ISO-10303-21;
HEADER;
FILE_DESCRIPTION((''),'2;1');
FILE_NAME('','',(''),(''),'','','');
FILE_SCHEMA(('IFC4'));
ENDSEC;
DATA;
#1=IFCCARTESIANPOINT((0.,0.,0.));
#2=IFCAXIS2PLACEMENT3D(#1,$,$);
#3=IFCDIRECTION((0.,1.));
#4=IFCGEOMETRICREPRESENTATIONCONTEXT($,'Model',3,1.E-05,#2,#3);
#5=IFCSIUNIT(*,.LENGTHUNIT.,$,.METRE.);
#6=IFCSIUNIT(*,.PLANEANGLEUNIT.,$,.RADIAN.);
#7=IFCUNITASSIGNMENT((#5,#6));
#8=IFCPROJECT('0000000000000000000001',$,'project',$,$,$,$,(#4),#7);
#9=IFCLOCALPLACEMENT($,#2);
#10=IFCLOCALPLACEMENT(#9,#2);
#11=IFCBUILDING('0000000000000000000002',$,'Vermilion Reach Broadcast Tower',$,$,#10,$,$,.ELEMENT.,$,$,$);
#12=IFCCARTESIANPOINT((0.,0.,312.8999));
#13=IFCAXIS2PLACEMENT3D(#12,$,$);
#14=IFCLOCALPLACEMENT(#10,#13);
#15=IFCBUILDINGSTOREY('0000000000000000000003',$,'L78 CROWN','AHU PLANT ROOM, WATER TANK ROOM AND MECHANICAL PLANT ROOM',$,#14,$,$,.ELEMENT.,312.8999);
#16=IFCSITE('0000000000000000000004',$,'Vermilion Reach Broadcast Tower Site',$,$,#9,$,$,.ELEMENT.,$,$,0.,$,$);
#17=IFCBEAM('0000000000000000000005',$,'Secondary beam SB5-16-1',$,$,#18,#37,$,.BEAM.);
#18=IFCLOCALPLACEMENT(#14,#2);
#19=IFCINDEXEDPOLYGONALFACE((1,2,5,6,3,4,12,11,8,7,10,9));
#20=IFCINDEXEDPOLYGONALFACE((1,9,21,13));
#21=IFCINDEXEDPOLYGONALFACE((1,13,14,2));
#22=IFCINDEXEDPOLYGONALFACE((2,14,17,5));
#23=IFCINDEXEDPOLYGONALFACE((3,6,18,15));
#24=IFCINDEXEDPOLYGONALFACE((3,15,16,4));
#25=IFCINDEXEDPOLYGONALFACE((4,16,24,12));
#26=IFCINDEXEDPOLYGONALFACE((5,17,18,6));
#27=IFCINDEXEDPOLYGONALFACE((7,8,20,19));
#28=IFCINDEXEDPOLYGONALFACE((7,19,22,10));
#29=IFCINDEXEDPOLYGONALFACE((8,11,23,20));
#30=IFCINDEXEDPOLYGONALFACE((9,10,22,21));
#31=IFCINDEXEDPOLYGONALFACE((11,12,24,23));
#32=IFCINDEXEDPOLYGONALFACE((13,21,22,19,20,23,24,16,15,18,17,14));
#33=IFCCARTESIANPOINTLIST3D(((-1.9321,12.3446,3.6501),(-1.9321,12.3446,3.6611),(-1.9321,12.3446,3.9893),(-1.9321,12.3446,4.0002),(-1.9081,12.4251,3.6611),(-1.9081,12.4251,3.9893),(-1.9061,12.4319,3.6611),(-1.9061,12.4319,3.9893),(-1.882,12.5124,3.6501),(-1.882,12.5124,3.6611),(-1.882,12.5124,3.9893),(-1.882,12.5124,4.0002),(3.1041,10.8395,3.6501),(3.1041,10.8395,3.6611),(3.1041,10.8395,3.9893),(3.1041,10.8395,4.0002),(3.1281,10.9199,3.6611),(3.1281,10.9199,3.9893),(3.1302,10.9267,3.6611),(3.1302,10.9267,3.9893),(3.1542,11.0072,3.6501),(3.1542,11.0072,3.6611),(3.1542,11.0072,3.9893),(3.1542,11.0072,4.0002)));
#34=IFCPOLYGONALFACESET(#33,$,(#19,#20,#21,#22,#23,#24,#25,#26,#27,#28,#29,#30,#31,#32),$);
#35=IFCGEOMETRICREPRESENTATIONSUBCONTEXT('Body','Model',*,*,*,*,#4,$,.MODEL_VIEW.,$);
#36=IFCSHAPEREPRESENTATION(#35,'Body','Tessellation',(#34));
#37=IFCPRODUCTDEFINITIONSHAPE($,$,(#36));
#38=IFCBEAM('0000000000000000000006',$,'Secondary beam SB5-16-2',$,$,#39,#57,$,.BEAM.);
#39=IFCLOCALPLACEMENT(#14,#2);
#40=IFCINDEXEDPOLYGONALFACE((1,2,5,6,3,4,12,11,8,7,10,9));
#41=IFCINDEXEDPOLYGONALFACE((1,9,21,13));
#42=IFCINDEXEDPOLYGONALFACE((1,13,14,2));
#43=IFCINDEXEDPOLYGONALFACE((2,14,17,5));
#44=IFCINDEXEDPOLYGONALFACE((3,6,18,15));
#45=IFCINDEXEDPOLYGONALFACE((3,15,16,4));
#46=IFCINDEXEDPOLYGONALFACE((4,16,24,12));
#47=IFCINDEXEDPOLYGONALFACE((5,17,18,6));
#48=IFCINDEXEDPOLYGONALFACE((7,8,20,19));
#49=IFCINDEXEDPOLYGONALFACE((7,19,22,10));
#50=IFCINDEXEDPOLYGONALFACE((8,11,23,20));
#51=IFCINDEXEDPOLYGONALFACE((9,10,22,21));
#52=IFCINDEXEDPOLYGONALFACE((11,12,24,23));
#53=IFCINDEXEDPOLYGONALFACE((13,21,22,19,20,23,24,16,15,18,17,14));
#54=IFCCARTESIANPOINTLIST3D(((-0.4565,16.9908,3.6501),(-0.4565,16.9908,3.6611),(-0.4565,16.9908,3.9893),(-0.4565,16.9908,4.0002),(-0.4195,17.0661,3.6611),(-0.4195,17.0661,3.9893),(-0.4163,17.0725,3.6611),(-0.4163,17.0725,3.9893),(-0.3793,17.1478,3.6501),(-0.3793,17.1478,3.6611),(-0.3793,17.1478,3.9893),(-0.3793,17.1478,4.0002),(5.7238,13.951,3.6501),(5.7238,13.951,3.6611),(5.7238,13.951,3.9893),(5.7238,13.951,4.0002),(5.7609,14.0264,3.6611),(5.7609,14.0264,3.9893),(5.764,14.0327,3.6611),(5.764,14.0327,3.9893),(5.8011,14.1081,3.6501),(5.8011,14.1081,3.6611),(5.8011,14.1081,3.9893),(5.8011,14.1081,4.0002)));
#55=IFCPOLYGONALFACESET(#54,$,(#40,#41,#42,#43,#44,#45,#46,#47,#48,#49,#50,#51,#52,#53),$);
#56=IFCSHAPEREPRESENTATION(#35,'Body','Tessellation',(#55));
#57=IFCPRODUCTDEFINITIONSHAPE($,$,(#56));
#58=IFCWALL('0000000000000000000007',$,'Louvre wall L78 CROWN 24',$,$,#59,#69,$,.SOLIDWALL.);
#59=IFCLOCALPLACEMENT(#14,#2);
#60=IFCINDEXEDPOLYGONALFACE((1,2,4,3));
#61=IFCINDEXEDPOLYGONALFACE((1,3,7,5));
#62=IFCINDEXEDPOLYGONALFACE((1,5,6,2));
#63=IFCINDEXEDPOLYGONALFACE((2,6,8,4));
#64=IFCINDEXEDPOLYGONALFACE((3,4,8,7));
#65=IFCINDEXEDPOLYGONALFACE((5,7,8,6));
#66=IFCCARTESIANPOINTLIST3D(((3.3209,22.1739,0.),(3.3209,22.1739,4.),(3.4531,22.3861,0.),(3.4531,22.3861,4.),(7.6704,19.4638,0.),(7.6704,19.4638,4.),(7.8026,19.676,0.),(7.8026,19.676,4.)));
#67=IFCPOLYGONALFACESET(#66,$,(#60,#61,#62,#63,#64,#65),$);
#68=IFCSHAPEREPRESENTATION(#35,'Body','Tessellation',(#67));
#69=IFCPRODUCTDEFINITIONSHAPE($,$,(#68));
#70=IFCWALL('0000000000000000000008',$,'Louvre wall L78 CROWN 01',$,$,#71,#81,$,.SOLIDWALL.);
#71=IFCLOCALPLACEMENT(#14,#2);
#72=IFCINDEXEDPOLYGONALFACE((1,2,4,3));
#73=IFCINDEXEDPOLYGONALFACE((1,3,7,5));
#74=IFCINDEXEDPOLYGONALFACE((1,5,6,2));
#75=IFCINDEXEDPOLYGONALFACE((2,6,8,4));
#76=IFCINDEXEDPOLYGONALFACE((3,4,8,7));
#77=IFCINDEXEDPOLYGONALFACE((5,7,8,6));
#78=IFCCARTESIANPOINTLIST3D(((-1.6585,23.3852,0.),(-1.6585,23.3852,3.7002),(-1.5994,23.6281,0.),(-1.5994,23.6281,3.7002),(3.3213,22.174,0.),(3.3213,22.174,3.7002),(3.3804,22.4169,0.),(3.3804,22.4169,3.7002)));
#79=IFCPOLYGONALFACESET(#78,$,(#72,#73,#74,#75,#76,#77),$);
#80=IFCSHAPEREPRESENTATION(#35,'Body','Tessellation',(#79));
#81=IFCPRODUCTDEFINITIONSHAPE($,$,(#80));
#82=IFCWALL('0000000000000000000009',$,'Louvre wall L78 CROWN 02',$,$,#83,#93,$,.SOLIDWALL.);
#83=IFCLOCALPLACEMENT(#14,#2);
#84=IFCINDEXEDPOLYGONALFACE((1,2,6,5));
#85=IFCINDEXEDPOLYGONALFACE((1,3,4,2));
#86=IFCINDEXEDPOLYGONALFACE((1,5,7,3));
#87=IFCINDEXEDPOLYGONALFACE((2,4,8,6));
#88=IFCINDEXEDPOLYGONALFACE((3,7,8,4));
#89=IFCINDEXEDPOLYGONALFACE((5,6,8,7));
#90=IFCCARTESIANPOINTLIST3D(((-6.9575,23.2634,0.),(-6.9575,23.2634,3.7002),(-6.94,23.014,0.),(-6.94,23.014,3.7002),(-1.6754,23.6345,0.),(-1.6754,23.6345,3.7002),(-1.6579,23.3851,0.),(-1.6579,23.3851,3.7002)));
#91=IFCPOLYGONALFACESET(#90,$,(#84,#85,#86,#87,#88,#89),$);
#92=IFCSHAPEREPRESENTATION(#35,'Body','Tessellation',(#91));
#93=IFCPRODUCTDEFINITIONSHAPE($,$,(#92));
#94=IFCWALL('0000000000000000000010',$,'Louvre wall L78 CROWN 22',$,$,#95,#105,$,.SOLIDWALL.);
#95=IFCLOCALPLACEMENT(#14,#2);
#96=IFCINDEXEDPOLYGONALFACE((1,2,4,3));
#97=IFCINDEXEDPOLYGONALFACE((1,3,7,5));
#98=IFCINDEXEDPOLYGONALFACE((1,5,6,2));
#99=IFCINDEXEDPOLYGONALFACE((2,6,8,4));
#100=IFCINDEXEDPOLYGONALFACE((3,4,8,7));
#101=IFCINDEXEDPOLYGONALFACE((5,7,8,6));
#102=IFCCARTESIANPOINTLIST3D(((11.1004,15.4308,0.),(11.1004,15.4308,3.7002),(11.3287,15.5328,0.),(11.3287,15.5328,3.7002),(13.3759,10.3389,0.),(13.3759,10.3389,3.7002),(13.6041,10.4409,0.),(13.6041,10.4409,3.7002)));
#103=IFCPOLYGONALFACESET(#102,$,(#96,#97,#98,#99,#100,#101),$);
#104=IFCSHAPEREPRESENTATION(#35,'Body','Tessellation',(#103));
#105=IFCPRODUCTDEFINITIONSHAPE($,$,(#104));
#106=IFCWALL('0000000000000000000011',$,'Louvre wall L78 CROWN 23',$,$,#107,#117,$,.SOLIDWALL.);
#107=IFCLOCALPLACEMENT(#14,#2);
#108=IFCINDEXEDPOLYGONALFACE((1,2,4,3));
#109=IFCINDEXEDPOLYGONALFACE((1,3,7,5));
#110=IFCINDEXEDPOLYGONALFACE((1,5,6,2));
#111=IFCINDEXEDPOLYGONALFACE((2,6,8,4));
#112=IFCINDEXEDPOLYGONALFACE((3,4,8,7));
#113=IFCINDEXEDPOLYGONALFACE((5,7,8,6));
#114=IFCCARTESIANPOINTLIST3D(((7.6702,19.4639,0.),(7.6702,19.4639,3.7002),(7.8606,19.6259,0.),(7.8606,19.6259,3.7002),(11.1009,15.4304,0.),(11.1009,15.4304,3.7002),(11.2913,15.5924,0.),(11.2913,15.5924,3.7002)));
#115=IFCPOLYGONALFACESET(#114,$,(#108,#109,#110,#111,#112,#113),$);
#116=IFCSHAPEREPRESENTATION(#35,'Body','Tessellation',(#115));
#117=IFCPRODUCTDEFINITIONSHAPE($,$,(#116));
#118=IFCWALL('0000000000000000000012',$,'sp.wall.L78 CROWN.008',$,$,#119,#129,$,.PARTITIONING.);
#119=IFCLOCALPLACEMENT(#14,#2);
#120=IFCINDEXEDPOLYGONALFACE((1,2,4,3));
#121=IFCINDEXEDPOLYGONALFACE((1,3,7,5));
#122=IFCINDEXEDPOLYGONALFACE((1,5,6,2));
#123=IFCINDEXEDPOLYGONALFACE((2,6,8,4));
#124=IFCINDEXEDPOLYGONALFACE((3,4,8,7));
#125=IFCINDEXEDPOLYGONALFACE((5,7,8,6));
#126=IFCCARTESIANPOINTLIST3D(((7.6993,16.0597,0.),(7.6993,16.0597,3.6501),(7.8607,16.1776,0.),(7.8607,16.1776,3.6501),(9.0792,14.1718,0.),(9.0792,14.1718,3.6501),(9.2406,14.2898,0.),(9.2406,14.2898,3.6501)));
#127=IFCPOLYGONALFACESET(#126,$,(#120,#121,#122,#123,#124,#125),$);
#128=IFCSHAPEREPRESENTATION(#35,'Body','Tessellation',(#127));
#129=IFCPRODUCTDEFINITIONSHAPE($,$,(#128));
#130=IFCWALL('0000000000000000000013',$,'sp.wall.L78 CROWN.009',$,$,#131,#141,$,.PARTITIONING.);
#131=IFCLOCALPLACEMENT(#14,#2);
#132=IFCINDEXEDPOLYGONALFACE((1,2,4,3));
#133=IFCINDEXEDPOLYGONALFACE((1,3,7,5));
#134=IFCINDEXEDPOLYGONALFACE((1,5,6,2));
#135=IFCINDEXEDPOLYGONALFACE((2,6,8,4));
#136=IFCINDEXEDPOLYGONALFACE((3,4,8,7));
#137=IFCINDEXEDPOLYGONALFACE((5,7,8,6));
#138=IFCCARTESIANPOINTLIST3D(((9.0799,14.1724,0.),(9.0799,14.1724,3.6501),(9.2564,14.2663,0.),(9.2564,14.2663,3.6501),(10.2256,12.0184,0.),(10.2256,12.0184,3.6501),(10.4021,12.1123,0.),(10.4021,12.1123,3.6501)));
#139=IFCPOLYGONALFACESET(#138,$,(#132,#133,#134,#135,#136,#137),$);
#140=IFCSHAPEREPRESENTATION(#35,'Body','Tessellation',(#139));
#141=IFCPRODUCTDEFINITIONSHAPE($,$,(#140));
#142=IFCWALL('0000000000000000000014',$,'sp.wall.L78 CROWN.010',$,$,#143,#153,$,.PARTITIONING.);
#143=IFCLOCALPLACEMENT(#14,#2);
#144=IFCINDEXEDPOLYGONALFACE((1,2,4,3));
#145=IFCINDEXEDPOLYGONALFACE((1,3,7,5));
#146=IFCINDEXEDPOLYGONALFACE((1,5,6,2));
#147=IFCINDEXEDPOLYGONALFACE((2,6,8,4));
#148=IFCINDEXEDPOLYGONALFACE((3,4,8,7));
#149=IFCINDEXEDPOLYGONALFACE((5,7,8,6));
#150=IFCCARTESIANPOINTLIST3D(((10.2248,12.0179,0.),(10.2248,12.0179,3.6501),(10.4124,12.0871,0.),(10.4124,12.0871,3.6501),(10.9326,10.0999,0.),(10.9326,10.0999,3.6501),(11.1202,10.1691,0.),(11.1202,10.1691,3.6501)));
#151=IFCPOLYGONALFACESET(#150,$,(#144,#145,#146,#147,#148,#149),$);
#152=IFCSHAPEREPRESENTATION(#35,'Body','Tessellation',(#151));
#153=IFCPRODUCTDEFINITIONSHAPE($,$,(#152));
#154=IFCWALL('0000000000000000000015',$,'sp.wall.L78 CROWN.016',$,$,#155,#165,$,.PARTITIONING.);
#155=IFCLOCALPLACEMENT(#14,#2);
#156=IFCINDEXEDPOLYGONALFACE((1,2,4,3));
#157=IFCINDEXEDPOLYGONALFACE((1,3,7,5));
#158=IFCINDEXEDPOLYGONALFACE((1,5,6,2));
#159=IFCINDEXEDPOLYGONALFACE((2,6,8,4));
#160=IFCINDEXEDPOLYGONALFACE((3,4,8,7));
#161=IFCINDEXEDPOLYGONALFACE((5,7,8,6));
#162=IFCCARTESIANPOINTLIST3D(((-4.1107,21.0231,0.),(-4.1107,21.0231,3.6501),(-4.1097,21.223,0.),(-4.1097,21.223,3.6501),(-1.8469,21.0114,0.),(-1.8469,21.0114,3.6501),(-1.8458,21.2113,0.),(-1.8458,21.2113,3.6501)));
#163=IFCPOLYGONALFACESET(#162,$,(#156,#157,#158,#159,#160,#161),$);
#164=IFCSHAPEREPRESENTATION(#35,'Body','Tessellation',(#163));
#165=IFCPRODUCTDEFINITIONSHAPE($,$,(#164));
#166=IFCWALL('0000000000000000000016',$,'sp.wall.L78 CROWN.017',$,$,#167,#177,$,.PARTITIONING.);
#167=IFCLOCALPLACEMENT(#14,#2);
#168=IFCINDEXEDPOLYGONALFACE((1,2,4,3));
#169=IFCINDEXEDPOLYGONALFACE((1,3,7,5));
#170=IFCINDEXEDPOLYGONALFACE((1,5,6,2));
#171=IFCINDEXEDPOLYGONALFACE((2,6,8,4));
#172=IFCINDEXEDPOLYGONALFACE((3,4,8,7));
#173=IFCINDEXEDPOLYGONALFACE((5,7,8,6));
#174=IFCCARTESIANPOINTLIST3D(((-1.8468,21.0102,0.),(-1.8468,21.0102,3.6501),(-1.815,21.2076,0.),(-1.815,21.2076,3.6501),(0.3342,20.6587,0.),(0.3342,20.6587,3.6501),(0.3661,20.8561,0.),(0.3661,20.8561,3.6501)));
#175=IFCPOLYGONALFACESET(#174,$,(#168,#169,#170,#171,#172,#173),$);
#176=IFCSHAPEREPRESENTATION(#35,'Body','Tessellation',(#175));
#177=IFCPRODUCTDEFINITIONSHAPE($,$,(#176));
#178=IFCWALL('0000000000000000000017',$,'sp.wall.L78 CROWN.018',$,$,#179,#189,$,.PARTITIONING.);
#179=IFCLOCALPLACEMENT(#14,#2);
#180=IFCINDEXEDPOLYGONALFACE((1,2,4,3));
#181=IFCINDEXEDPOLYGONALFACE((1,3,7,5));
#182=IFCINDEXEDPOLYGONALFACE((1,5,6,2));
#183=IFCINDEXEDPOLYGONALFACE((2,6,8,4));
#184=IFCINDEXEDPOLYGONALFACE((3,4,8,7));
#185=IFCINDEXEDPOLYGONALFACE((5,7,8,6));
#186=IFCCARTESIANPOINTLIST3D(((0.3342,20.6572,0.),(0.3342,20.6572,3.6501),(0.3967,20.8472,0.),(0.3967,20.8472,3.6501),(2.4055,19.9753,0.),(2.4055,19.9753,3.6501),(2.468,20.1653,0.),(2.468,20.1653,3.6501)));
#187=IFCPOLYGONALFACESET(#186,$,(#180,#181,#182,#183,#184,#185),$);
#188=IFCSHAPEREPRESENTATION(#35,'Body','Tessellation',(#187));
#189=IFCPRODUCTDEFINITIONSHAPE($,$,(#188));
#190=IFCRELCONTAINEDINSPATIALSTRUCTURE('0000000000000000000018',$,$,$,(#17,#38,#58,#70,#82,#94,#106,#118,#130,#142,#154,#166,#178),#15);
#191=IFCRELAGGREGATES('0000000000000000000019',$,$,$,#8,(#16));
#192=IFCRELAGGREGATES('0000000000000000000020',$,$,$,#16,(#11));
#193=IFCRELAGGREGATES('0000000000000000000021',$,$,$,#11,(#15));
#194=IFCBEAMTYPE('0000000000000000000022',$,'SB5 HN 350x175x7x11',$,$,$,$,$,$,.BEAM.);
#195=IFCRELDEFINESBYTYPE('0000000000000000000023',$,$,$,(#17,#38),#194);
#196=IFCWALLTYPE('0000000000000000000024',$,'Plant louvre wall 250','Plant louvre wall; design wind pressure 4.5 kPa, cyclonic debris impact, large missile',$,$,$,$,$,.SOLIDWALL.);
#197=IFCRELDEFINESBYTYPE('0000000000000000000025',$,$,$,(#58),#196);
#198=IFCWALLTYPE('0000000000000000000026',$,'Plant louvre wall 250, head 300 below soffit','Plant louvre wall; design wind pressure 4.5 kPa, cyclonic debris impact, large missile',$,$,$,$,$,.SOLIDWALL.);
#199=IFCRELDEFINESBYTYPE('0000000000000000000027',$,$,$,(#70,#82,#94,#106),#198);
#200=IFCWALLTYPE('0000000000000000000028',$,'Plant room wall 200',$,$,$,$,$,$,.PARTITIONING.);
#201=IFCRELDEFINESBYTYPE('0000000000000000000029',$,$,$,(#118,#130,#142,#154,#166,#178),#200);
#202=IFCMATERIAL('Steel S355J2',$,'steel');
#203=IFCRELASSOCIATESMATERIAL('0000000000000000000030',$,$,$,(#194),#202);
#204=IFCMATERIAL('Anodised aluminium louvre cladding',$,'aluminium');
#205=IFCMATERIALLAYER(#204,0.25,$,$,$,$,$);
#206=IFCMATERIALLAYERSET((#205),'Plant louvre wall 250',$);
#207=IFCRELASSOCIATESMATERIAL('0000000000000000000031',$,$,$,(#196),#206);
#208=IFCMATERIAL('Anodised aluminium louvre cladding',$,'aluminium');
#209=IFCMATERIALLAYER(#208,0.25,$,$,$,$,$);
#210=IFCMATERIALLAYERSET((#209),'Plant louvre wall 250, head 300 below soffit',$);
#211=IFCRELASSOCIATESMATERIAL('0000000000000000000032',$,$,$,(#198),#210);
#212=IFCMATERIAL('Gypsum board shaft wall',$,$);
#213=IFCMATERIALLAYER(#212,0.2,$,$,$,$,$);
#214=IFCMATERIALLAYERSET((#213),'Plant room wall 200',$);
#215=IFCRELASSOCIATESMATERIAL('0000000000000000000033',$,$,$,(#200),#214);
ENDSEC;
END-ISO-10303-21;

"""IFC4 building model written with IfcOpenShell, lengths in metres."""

from ifc_helpers import new_model, si_unit, direction, frame, frame_2d, origin, origin_2d, place, context, subcontext, project, spatial, rectangle, i_section, extrude, material, layer, layer_set, material_profile, profile_set, type_object, element, save


model = new_model("IFC4")

# Units and contexts
model_context = context("Model", 3, precision=1e-05, world=origin(), true_north=direction((0.0, 1.0)))
body_context = subcontext(model_context, "Body", "Model", "MODEL_VIEW")
ifc_project = project(units=[si_unit("LENGTHUNIT", "METRE"), si_unit("PLANEANGLEUNIT", "RADIAN")], contexts=[model_context])

# Site, building, storey
site_placement = place(None, origin())
site = spatial("IfcSite", under=ifc_project, at=site_placement, Name="Vermilion Reach Broadcast Tower Site", CompositionType="ELEMENT", RefElevation=0.0)
building_placement = place(site_placement, origin())
building = spatial("IfcBuilding", under=site, at=building_placement, Name="Vermilion Reach Broadcast Tower", CompositionType="ELEMENT")
storey_placement = place(building_placement, frame((0.0, 0.0, 312.8999)))
storey = spatial("IfcBuildingStorey", under=building, at=storey_placement, Name="L78 CROWN", Description="AHU PLANT ROOM, WATER TANK ROOM AND MECHANICAL PLANT ROOM", CompositionType="ELEMENT", Elevation=312.8999)

# Beams
ifc_material_1 = material(Name="Steel S355J2", Category="steel")
ifc_material_profile_1 = material_profile(ifc_material_1, i_section(OverallWidth=0.175, OverallDepth=0.3501, WebThickness=0.0071, FlangeThickness=0.011, at=origin_2d()), Name="S355J2 HN 350x175x7x11")
ifc_profile_set_1 = profile_set([ifc_material_profile_1], Name="Steel S355J2")
beam_type_1 = type_object("IfcBeamType", Name="SB5 HN 350x175x7x11", PredefinedType="BEAM", material=ifc_profile_set_1)
beam_1_placement = place(storey_placement, frame((3.1292, 10.9233, 3.8252), z_axis=(-0.958125, 0.286351, 0.0), x_axis=(-0.286351, -0.958125, 0.0)))
element("IfcBeam", 1, at=beam_1_placement, inside=storey, type_object=beam_type_1, Name="Secondary beam SB5-16-1", PredefinedType="BEAM", context=body_context, shape_type="SweptSolid", body=[
    extrude(i_section(OverallWidth=0.175, OverallDepth=0.3501, WebThickness=0.0071, FlangeThickness=0.011, at=origin_2d()), origin(), (0.0, 0.0, 1.0), 5.2563),
])
beam_2_placement = place(storey_placement, frame((5.7625, 14.0295, 3.8252), z_axis=(-0.897336, 0.441348, 0.0), x_axis=(-0.441348, -0.897336, 0.0)))
element("IfcBeam", 2, at=beam_2_placement, inside=storey, type_object=beam_type_1, Name="Secondary beam SB5-16-2", PredefinedType="BEAM", context=body_context, shape_type="SweptSolid", body=[
    extrude(i_section(OverallWidth=0.175, OverallDepth=0.3501, WebThickness=0.0071, FlangeThickness=0.011, at=origin_2d()), origin(), (0.0, 0.0, 1.0), 6.8875),
])

# Walls
ifc_material_2 = material(Name="Anodised aluminium louvre cladding", Category="aluminium")
ifc_layer_1 = layer(ifc_material_2, 0.25)
ifc_layer_set_1 = layer_set([ifc_layer_1], Name="Plant louvre wall 250")
wall_type_1 = type_object("IfcWallType", Name="Plant louvre wall 250", Description="Plant louvre wall; design wind pressure 4.5 kPa, cyclonic debris impact, large missile", PredefinedType="SOLIDWALL", material=ifc_layer_set_1)
wall_1_placement = place(storey_placement, frame((7.7366, 19.5698, 0.0), z_axis=(0.0, 0.0, 1.0), x_axis=(-0.848725, 0.528834, 0.0)))
element("IfcWall", 3, at=wall_1_placement, inside=storey, type_object=wall_type_1, Name="Louvre wall L78 CROWN 24", PredefinedType="SOLIDWALL", context=body_context, shape_type="SweptSolid", body=[
    extrude(rectangle(XDim=5.1248, YDim=0.25, at=frame_2d((2.5625, 0.0))), origin(), (0.0, 0.0, 1.0), 4.0),
])
ifc_material_3 = material(Name="Anodised aluminium louvre cladding", Category="aluminium")
ifc_layer_2 = layer(ifc_material_3, 0.25)
ifc_layer_set_2 = layer_set([ifc_layer_2], Name="Plant louvre wall 250, head 300 below soffit")
wall_type_2 = type_object("IfcWallType", Name="Plant louvre wall 250, head 300 below soffit", Description="Plant louvre wall; design wind pressure 4.5 kPa, cyclonic debris impact, large missile", PredefinedType="SOLIDWALL", material=ifc_layer_set_2)
wall_2_placement = place(storey_placement, frame((3.3508, 22.2954, 0.0), z_axis=(0.0, 0.0, 1.0), x_axis=(-0.971672, 0.236332, 0.0)))
element("IfcWall", 4, at=wall_2_placement, inside=storey, type_object=wall_type_2, Name="Louvre wall L78 CROWN 01", PredefinedType="SOLIDWALL", context=body_context, shape_type="SweptSolid", body=[
    extrude(rectangle(XDim=5.125, YDim=0.25, at=frame_2d((2.5625, 0.0))), origin(), (0.0, 0.0, 1.0), 3.7002),
])
wall_3_placement = place(storey_placement, frame((-1.6667, 23.5098, 0.0), z_axis=(0.0, 0.0, 1.0), x_axis=(-0.997541, -0.070081, 0.0)))
element("IfcWall", 5, at=wall_3_placement, inside=storey, type_object=wall_type_2, Name="Louvre wall L78 CROWN 02", PredefinedType="SOLIDWALL", context=body_context, shape_type="SweptSolid", body=[
    extrude(rectangle(XDim=5.2952, YDim=0.25, at=frame_2d((2.6475, 0.0))), origin(), (0.0, 0.0, 1.0), 3.7002),
])
wall_4_placement = place(storey_placement, frame((13.49, 10.3899, 0.0), z_axis=(0.0, 0.0, 1.0), x_axis=(-0.40799, 0.912987, 0.0)))
element("IfcWall", 6, at=wall_4_placement, inside=storey, type_object=wall_type_2, Name="Louvre wall L78 CROWN 22", PredefinedType="SOLIDWALL", context=body_context, shape_type="SweptSolid", body=[
    extrude(rectangle(XDim=5.5771, YDim=0.25, at=frame_2d((2.7886, 0.0))), origin(), (0.0, 0.0, 1.0), 3.7002),
])
wall_5_placement = place(storey_placement, frame((11.196, 15.5115, 0.0), z_axis=(0.0, 0.0, 1.0), x_axis=(-0.647893, 0.761731, 0.0)))
element("IfcWall", 7, at=wall_5_placement, inside=storey, type_object=wall_type_2, Name="Louvre wall L78 CROWN 23", PredefinedType="SOLIDWALL", context=body_context, shape_type="SweptSolid", body=[
    extrude(rectangle(XDim=5.2952, YDim=0.25, at=frame_2d((2.6475, 0.0))), origin(), (0.0, 0.0, 1.0), 3.7002),
])
ifc_material_4 = material(Name="Gypsum board shaft wall")
ifc_layer_3 = layer(ifc_material_4, 0.2)
ifc_layer_set_3 = layer_set([ifc_layer_3], Name="Plant room wall 200")
wall_type_3 = type_object("IfcWallType", Name="Plant room wall 200", PredefinedType="PARTITIONING", material=ifc_layer_set_3)
wall_6_placement = place(storey_placement, frame((7.78, 16.1187, 0.0), z_axis=(0.0, 0.0, 1.0), x_axis=(0.590082, -0.807343, 0.0)))
element("IfcWall", 8, at=wall_6_placement, inside=storey, type_object=wall_type_3, Name="sp.wall.L78 CROWN.008", PredefinedType="PARTITIONING", context=body_context, shape_type="SweptSolid", body=[
    extrude(rectangle(XDim=2.3384, YDim=0.2, at=frame_2d((1.1692, 0.0))), origin(), (0.0, 0.0, 1.0), 3.6501),
])
wall_7_placement = place(storey_placement, frame((9.1682, 14.2192, 0.0), z_axis=(0.0, 0.0, 1.0), x_axis=(0.469606, -0.882876, 0.0)))
element("IfcWall", 9, at=wall_7_placement, inside=storey, type_object=wall_type_3, Name="sp.wall.L78 CROWN.009", PredefinedType="PARTITIONING", context=body_context, shape_type="SweptSolid", body=[
    extrude(rectangle(XDim=2.4397, YDim=0.2, at=frame_2d((1.2197, 0.0))), origin(), (0.0, 0.0, 1.0), 3.6501),
])
wall_8_placement = place(storey_placement, frame((10.3186, 12.0525, 0.0), z_axis=(0.0, 0.0, 1.0), x_axis=(0.346198, -0.938162, 0.0)))
element("IfcWall", 10, at=wall_8_placement, inside=storey, type_object=wall_type_3, Name="sp.wall.L78 CROWN.010", PredefinedType="PARTITIONING", context=body_context, shape_type="SweptSolid", body=[
    extrude(rectangle(XDim=2.0444, YDim=0.2, at=frame_2d((1.0222, 0.0))), origin(), (0.0, 0.0, 1.0), 3.6501),
])
wall_9_placement = place(storey_placement, frame((-4.1101, 21.123, 0.0), z_axis=(0.0, 0.0, 1.0), x_axis=(0.999987, -0.005176, 0.0)))
element("IfcWall", 11, at=wall_9_placement, inside=storey, type_object=wall_type_3, Name="sp.wall.L78 CROWN.016", PredefinedType="PARTITIONING", context=body_context, shape_type="SweptSolid", body=[
    extrude(rectangle(XDim=2.2639, YDim=0.2, at=frame_2d((1.1318, 0.0))), origin(), (0.0, 0.0, 1.0), 3.6501),
])
wall_10_placement = place(storey_placement, frame((-1.8308, 21.1089, 0.0), z_axis=(0.0, 0.0, 1.0), x_axis=(0.987258, -0.159128, 0.0)))
element("IfcWall", 12, at=wall_10_placement, inside=storey, type_object=wall_type_3, Name="sp.wall.L78 CROWN.017", PredefinedType="PARTITIONING", context=body_context, shape_type="SweptSolid", body=[
    extrude(rectangle(XDim=2.2092, YDim=0.2, at=frame_2d((1.1045, 0.0))), origin(), (0.0, 0.0, 1.0), 3.6501),
])
wall_11_placement = place(storey_placement, frame((0.3655, 20.7522, 0.0), z_axis=(0.0, 0.0, 1.0), x_axis=(0.949852, -0.312699, 0.0)))
element("IfcWall", 13, at=wall_11_placement, inside=storey, type_object=wall_type_3, Name="sp.wall.L78 CROWN.018", PredefinedType="PARTITIONING", context=body_context, shape_type="SweptSolid", body=[
    extrude(rectangle(XDim=2.1807, YDim=0.2, at=frame_2d((1.0903, 0.0))), origin(), (0.0, 0.0, 1.0), 3.6501),
])

save(model, "model.ifc")
